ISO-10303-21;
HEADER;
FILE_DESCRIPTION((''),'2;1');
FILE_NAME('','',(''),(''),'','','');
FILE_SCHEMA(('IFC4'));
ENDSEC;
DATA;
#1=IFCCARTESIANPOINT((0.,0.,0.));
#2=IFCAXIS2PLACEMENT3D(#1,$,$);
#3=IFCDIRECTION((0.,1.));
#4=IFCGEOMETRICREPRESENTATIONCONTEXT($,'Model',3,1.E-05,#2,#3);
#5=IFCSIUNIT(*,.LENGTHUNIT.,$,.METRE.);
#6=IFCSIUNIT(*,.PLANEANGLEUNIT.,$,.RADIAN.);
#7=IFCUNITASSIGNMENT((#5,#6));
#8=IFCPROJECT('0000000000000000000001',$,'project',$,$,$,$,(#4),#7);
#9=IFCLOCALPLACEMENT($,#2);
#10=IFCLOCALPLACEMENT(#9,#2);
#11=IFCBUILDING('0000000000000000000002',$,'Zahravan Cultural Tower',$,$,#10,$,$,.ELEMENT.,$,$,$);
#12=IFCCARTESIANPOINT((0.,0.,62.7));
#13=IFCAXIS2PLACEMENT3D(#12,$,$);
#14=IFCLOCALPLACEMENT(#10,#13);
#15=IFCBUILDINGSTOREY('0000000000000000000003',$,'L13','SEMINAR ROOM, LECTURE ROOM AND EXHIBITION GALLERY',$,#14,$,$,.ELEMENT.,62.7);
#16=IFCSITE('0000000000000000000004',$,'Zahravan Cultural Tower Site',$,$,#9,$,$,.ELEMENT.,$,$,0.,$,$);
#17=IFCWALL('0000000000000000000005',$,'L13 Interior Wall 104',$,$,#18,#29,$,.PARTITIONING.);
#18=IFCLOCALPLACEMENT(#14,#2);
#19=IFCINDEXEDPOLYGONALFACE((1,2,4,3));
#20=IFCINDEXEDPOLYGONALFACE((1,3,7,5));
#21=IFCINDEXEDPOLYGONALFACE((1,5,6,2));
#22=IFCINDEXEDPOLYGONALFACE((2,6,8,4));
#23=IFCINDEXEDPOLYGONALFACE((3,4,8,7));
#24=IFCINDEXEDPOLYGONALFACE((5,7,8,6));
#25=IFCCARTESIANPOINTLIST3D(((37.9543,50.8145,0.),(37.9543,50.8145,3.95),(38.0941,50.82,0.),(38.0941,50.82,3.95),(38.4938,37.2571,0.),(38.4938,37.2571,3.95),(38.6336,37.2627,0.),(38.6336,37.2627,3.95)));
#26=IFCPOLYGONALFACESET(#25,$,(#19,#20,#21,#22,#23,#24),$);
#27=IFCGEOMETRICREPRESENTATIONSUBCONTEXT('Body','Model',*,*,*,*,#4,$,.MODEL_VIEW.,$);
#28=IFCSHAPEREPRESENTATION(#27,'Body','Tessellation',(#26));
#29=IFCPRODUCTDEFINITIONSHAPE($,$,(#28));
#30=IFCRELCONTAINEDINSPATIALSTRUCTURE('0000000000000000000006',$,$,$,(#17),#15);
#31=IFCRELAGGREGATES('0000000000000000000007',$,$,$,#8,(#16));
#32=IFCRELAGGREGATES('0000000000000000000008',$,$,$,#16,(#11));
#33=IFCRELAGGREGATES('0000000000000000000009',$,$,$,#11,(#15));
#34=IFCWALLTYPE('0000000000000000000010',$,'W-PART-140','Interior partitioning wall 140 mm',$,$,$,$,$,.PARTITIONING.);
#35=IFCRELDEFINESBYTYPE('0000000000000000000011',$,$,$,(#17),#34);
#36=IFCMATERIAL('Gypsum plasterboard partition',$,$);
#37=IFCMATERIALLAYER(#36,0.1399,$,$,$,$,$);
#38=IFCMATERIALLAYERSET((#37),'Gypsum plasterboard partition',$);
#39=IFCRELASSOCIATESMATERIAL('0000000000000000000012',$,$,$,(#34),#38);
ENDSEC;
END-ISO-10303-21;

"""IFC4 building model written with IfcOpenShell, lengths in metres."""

from ifc_helpers import new_model, si_unit, direction, frame, frame_2d, origin, place, context, subcontext, project, spatial, rectangle, extrude, source, transform, mapped, material, layer, layer_set, type_object, element, save


model = new_model("IFC4")

# Units and contexts
model_context = context("Model", 3, precision=1e-05, world=origin(), true_north=direction((0.0, 1.0)))
body_context = subcontext(model_context, "Body", "Model", "MODEL_VIEW")
ifc_project = project(units=[si_unit("LENGTHUNIT", "METRE"), si_unit("PLANEANGLEUNIT", "RADIAN")], contexts=[model_context])

# Site, building, storey
site_placement = place(None, origin())
site = spatial("IfcSite", under=ifc_project, at=site_placement, Name="Zahravan Cultural Tower Site", CompositionType="ELEMENT", RefElevation=0.0)
building_placement = place(site_placement, origin())
building = spatial("IfcBuilding", under=site, at=building_placement, Name="Zahravan Cultural Tower", CompositionType="ELEMENT")
storey_placement = place(building_placement, frame((0.0, 0.0, 62.7)))
storey = spatial("IfcBuildingStorey", under=building, at=storey_placement, Name="L13", Description="SEMINAR ROOM, LECTURE ROOM AND EXHIBITION GALLERY", CompositionType="ELEMENT", Elevation=62.7)

# Wall
ifc_material_1 = material(Name="Gypsum plasterboard partition")
ifc_layer_1 = layer(ifc_material_1, 0.1399)
ifc_layer_set_1 = layer_set([ifc_layer_1], Name="Gypsum plasterboard partition")
wall_type_1 = type_object("IfcWallType", Name="W-PART-140", Description="Interior partitioning wall 140 mm", PredefinedType="PARTITIONING", material=ifc_layer_set_1)
shared_shape_1 = source(origin(), body_context, "Body", "SweptSolid", [
    extrude(rectangle(XDim=13.5681, YDim=0.1399, at=frame_2d((6.7842, 0.0))), origin(), (0.0, 0.0, 1.0), 3.95),
])
wall_1_placement = place(storey_placement, frame((38.0242, 50.8174, 0.0), z_axis=(0.0, 0.0, 1.0), x_axis=(0.039766, -0.999209, 0.0)))
element("IfcWall", 1, at=wall_1_placement, inside=storey, type_object=wall_type_1, Name="L13 Interior Wall 104", PredefinedType="PARTITIONING", context=body_context, shape_type="MappedRepresentation", body=[
    mapped(shared_shape_1, transform((0.0, 0.0, 0.0), x_axis=(1.0, 0.0, 0.0), y_axis=(0.0, 1.0, 0.0), z_axis=(0.0, 0.0, 1.0), scale=1.0)),
])

save(model, "model.ifc")
